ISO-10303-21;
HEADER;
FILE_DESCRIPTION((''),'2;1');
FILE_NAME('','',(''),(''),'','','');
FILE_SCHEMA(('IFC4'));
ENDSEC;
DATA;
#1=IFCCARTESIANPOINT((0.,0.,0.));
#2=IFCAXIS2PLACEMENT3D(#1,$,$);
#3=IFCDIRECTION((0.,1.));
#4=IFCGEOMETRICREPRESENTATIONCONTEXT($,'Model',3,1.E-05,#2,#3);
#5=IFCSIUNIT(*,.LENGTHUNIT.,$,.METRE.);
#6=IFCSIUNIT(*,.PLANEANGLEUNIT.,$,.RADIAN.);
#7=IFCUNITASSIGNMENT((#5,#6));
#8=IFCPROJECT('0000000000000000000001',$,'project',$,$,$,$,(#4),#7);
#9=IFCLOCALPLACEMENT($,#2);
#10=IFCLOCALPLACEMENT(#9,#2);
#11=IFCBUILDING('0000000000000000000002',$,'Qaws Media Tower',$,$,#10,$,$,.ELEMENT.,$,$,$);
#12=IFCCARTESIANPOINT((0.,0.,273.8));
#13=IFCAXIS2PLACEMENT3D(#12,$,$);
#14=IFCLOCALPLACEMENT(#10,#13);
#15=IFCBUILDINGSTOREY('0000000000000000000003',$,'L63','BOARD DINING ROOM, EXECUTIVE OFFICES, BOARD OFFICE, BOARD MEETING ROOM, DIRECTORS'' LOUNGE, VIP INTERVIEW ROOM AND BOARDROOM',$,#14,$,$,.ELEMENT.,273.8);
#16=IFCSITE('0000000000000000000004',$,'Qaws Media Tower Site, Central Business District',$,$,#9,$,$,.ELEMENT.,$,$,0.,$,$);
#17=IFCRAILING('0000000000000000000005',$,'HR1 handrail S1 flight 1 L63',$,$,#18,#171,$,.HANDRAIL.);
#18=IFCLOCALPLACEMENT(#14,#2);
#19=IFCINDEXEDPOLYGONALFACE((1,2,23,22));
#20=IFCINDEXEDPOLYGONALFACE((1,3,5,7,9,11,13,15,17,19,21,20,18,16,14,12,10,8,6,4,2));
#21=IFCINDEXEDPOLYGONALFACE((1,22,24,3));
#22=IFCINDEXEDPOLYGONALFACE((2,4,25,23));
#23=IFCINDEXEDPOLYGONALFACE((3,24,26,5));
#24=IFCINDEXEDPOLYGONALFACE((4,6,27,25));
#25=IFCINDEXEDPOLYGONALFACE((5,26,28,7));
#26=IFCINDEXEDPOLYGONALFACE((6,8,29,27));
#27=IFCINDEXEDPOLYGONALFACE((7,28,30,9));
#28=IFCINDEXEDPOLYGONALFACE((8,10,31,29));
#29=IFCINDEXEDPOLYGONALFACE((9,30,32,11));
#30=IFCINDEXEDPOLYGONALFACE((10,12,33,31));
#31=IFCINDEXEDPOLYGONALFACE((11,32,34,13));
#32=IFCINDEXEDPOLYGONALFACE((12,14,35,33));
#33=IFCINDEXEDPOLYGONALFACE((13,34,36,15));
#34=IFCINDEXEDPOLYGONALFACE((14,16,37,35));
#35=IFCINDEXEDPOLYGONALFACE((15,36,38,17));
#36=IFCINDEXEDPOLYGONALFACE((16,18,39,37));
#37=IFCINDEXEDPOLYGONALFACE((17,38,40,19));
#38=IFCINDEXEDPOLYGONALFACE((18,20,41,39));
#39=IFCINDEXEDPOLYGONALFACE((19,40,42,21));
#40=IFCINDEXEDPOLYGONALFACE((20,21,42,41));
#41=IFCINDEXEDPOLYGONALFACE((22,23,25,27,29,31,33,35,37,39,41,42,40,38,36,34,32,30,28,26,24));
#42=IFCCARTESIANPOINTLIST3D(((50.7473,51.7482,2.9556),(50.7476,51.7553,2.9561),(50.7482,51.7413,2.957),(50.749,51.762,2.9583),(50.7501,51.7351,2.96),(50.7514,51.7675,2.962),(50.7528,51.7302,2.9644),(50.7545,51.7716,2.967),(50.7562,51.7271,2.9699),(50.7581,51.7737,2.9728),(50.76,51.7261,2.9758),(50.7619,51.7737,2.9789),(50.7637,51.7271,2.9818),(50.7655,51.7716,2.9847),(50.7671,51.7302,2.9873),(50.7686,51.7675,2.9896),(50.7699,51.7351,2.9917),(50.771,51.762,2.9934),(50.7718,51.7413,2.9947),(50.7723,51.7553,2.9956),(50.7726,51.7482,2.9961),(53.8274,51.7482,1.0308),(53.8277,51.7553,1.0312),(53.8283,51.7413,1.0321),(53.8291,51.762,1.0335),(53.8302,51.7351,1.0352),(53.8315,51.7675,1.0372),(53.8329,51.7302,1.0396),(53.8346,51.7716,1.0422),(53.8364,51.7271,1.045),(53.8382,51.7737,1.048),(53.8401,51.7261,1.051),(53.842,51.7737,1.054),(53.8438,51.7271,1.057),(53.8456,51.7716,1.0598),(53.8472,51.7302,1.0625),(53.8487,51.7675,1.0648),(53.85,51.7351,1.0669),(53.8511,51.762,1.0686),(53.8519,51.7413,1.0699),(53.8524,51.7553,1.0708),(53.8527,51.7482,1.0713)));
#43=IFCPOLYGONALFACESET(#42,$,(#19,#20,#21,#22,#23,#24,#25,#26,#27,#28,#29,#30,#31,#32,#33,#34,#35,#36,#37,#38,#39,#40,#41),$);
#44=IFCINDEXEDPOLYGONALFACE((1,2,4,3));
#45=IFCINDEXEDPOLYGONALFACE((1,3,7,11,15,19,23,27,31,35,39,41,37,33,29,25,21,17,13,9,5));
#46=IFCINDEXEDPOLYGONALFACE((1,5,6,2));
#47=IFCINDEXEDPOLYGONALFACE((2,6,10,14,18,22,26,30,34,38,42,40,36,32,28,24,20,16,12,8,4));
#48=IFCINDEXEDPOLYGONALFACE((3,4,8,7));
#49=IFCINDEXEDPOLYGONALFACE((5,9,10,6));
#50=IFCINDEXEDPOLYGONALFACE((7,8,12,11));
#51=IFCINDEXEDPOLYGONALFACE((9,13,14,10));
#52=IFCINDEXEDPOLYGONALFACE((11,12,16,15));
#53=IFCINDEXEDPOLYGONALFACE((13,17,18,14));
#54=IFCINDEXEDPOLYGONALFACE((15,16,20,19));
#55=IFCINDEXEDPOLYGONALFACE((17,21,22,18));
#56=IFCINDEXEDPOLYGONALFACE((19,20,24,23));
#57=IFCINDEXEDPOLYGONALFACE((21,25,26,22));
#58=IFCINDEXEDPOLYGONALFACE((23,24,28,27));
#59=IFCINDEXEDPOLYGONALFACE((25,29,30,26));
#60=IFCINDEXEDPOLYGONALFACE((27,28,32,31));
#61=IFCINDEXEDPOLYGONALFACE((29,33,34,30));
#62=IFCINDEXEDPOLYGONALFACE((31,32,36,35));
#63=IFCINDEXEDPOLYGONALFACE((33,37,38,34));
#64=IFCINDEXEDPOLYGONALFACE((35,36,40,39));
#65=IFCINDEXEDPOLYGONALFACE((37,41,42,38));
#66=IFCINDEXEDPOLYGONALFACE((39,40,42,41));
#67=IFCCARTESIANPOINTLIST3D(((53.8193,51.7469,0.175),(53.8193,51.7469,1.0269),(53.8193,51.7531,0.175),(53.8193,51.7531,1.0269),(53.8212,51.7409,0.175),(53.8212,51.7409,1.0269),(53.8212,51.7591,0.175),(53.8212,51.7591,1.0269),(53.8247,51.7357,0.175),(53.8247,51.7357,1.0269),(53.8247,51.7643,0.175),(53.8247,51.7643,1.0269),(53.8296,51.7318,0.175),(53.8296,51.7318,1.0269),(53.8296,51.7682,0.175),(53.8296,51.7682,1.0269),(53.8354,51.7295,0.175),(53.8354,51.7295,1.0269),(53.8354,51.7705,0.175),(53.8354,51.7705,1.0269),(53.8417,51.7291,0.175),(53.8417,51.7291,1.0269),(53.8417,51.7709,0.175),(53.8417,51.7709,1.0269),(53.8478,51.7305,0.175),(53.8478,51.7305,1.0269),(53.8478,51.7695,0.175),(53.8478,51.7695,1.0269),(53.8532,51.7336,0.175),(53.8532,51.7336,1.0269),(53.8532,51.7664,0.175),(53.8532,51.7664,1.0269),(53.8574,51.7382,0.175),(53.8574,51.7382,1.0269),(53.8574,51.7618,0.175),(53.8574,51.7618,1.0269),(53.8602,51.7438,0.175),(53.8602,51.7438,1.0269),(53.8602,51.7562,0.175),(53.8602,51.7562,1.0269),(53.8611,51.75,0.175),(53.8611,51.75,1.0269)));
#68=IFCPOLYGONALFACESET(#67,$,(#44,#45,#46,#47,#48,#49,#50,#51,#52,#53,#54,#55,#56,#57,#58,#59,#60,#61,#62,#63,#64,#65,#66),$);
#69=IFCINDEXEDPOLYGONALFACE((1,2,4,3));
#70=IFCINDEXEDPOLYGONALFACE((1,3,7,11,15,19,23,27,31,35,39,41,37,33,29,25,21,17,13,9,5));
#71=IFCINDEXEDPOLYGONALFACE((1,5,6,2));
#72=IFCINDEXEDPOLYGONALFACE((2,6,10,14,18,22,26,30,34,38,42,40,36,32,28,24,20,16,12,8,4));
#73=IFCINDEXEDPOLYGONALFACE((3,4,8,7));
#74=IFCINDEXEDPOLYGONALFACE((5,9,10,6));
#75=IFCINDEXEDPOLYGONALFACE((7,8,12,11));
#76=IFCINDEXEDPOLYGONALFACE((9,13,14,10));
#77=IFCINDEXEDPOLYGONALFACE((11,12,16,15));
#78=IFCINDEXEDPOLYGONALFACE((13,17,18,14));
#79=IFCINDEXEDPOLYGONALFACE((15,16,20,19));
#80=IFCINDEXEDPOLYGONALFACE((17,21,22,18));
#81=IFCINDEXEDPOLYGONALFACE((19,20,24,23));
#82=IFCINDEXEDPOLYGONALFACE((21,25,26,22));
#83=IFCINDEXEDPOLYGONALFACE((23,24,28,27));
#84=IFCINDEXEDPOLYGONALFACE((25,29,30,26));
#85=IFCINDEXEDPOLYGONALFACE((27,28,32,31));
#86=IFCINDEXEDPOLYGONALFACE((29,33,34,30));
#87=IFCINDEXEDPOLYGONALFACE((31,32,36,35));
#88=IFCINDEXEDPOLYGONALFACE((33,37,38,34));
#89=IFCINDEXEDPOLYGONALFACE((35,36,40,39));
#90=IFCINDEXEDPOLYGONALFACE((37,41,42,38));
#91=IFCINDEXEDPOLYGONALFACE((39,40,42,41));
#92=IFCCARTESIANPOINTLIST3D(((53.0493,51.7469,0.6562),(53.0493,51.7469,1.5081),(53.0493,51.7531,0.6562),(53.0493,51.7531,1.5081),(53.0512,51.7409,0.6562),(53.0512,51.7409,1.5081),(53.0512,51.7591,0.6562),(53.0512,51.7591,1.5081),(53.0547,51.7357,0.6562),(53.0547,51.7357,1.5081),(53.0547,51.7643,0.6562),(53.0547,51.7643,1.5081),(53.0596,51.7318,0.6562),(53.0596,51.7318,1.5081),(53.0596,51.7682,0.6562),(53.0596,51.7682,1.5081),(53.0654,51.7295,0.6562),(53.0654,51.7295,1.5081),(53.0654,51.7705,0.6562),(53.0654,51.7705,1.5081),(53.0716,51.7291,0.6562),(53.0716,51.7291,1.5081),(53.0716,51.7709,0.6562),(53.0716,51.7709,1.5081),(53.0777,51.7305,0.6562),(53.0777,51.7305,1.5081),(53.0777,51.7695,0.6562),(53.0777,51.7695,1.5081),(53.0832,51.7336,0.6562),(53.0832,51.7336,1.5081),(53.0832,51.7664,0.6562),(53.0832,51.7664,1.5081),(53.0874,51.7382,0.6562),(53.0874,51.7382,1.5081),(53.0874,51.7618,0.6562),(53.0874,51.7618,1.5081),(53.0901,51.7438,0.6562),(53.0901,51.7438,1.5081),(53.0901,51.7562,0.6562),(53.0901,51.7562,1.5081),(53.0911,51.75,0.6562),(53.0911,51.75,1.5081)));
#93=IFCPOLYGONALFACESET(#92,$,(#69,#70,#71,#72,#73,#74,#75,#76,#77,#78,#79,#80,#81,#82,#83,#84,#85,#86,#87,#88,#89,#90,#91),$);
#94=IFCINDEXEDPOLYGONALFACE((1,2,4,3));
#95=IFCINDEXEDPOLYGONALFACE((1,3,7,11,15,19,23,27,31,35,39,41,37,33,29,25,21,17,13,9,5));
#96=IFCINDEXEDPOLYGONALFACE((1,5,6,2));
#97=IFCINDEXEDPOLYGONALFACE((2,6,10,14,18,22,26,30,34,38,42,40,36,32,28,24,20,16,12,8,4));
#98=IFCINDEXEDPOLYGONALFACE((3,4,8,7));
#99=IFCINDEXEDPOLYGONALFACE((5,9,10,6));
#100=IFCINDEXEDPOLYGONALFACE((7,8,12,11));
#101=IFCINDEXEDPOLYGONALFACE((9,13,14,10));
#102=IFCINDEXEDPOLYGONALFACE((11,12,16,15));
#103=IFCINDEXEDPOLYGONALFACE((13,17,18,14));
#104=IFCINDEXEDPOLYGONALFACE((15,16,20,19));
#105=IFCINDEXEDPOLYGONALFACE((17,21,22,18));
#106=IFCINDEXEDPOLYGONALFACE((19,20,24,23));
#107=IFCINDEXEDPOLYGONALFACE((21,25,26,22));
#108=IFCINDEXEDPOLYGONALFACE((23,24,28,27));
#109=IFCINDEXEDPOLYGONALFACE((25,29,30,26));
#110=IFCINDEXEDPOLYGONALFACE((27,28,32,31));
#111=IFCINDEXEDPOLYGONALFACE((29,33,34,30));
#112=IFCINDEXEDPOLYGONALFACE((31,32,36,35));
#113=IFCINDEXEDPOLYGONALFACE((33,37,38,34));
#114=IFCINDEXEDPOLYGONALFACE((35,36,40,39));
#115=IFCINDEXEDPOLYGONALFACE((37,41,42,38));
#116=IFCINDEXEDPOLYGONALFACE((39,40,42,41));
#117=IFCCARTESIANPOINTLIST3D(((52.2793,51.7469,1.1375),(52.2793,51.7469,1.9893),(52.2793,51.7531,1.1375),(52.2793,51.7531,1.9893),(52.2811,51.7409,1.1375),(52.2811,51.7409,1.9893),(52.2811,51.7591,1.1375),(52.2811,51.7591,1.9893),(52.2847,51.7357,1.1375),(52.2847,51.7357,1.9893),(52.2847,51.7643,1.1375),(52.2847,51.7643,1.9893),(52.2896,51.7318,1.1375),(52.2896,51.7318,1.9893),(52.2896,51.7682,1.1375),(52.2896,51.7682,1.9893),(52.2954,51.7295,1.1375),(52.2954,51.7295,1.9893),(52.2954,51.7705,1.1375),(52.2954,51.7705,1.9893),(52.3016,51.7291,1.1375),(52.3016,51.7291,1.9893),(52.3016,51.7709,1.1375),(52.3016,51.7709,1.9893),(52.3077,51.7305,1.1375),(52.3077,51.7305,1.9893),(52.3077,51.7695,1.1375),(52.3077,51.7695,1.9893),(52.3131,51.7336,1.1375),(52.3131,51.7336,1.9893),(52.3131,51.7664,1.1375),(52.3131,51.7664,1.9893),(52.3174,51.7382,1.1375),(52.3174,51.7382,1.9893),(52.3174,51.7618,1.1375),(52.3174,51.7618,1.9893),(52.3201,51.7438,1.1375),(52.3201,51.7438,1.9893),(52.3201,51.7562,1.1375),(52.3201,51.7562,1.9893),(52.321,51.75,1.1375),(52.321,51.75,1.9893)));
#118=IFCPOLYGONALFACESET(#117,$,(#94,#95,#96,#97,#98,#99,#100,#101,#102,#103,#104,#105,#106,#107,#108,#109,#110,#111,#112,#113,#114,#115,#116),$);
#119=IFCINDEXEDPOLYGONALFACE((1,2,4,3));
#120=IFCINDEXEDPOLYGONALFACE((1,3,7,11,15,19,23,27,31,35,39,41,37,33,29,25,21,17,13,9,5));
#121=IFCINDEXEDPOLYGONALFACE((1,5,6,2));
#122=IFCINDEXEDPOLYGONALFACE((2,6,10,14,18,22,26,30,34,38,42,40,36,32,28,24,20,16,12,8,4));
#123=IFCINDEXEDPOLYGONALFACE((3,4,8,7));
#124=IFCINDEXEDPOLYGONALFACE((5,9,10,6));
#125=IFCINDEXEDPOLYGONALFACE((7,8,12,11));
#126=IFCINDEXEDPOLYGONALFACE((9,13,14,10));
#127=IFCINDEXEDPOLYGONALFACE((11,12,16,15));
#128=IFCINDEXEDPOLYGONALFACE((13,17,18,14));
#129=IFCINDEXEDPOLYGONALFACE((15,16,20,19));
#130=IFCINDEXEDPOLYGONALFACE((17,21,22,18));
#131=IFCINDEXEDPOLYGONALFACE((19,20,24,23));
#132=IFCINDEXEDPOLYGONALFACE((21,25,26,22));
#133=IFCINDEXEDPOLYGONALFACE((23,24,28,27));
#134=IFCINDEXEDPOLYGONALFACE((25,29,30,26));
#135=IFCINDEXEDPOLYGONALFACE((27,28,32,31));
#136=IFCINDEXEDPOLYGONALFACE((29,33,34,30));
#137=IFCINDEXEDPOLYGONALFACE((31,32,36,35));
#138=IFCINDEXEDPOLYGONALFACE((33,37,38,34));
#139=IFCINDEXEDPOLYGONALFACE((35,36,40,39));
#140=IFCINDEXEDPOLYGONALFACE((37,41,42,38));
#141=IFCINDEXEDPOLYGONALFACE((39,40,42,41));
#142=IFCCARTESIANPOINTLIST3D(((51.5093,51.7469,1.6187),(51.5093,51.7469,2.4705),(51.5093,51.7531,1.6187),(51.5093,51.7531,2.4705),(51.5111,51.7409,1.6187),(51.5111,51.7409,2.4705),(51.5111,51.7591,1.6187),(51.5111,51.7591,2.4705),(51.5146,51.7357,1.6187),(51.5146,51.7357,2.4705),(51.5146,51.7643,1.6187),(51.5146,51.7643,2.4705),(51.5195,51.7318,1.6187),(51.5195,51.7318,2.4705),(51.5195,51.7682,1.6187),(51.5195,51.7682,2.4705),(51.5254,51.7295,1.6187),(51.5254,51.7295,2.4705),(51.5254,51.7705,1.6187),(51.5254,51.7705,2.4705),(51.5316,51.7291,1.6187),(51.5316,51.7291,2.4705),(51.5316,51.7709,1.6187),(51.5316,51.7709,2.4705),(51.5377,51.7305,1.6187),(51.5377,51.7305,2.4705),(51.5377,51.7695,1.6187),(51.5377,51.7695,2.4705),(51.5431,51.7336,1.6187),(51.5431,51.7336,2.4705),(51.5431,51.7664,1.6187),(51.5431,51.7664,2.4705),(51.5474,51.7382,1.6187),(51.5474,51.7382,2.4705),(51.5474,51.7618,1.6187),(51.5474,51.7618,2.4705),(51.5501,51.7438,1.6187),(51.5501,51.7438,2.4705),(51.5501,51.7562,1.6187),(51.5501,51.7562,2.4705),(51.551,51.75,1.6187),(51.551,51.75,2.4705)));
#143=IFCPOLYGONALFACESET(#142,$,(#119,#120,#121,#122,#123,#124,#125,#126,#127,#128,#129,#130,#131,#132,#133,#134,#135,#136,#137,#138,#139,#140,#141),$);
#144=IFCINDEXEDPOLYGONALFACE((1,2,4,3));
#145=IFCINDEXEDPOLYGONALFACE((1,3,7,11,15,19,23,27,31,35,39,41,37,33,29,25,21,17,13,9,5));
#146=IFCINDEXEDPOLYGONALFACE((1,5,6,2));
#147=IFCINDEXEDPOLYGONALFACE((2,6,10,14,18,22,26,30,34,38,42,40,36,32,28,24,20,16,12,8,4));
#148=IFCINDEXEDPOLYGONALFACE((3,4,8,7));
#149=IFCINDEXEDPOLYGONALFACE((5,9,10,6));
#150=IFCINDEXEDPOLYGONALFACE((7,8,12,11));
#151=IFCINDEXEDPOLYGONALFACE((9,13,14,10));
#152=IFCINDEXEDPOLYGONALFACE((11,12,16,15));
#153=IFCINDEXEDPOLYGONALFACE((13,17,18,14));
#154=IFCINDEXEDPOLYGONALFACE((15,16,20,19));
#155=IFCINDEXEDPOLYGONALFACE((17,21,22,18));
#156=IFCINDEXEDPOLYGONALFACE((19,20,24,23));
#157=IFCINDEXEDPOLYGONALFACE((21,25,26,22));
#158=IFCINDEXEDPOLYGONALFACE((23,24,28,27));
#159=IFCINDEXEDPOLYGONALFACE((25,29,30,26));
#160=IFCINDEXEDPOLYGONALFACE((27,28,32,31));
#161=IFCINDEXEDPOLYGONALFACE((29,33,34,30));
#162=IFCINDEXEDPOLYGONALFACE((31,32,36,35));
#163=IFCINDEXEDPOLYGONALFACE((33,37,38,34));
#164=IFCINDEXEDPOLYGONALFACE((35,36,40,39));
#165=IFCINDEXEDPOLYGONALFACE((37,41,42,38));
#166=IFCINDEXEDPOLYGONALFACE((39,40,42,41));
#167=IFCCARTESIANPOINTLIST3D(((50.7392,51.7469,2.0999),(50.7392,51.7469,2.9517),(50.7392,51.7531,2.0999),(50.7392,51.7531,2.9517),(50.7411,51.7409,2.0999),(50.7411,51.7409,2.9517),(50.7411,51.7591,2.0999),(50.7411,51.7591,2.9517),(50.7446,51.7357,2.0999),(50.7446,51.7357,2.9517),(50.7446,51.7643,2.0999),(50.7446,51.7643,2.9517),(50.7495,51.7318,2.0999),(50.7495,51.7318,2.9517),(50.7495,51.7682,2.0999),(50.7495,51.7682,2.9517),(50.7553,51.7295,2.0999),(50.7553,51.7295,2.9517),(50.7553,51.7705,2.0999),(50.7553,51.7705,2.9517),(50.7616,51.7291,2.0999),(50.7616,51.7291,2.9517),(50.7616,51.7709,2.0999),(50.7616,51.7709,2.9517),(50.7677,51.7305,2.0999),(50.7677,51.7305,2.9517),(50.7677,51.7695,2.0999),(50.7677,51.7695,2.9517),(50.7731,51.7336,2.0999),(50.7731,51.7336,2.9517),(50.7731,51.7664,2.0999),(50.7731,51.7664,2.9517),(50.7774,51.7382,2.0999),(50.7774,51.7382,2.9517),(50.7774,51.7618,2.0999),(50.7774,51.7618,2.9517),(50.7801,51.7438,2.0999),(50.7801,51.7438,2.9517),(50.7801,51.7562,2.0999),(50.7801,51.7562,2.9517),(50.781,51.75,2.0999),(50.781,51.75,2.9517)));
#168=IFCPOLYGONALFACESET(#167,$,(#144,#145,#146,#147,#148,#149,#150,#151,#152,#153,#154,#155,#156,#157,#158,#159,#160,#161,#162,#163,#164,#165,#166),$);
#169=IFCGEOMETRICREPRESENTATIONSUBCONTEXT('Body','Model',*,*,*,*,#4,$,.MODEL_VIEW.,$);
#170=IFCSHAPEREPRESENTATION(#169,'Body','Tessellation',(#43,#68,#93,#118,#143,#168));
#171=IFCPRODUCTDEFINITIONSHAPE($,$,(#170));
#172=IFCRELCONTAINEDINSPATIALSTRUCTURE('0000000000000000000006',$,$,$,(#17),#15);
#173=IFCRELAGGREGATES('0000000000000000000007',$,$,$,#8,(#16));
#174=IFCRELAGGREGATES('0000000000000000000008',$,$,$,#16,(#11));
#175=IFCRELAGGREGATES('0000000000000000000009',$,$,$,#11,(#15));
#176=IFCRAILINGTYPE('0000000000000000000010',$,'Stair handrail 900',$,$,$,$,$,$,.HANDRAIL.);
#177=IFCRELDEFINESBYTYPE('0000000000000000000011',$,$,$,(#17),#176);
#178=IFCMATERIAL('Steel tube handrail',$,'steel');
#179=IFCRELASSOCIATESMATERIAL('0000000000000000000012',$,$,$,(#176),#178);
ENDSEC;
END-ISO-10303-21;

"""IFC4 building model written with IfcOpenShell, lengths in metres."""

from ifc_helpers import new_model, si_unit, direction, frame, origin, origin_2d, place, context, subcontext, project, spatial, circle, extrude, material, type_object, element, save


model = new_model("IFC4")

# Units and contexts
model_context = context("Model", 3, precision=1e-05, world=origin(), true_north=direction((0.0, 1.0)))
body_context = subcontext(model_context, "Body", "Model", "MODEL_VIEW")
ifc_project = project(units=[si_unit("LENGTHUNIT", "METRE"), si_unit("PLANEANGLEUNIT", "RADIAN")], contexts=[model_context])

# Site, building, storey
site_placement = place(None, origin())
site = spatial("IfcSite", under=ifc_project, at=site_placement, Name="Qaws Media Tower Site, Central Business District", CompositionType="ELEMENT", RefElevation=0.0)
building_placement = place(site_placement, origin())
building = spatial("IfcBuilding", under=site, at=building_placement, Name="Qaws Media Tower", CompositionType="ELEMENT")
storey_placement = place(building_placement, frame((0.0, 0.0, 273.8)))
storey = spatial("IfcBuildingStorey", under=building, at=storey_placement, Name="L63", Description="BOARD DINING ROOM, EXECUTIVE OFFICES, BOARD OFFICE, BOARD MEETING ROOM, DIRECTORS' LOUNGE, VIP INTERVIEW ROOM AND BOARDROOM", CompositionType="ELEMENT", Elevation=273.8)

# Railing
ifc_material_1 = material(Name="Steel tube handrail", Category="steel")
railing_type = type_object("IfcRailingType", Name="Stair handrail 900", PredefinedType="HANDRAIL", material=ifc_material_1)
for number, where, name in (
    (1, (53.8401, 51.75, 0.175), "HR1 handrail S1 flight 1 L63"),
):
    element("IfcRailing", number, at=place(storey_placement, frame(where)), inside=storey, type_object=railing_type, Name=name, PredefinedType="HANDRAIL", context=body_context, shape_type="SweptSolid", body=[
        extrude(circle(Radius=0.0239, at=origin_2d()), frame((0.0, 0.0, 0.876), z_axis=(-0.848029, 0.0, 0.529951), x_axis=(0.0, -1.0, 0.0)), (0.0, 0.0, 1.0), 3.6321),
        extrude(circle(Radius=0.021, at=origin_2d()), origin(), (0.0, 0.0, 1.0), 0.8518),
        extrude(circle(Radius=0.021, at=origin_2d()), frame((-0.77, 0.0, 0.4812)), (0.0, 0.0, 1.0), 0.8518),
        extrude(circle(Radius=0.021, at=origin_2d()), frame((-1.54, 0.0, 0.9624)), (0.0, 0.0, 1.0), 0.8518),
        extrude(circle(Radius=0.021, at=origin_2d()), frame((-2.3101, 0.0, 1.4436)), (0.0, 0.0, 1.0), 0.8518),
        extrude(circle(Radius=0.021, at=origin_2d()), frame((-3.0801, 0.0, 1.9248)), (0.0, 0.0, 1.0), 0.8518),
    ])

save(model, "model.ifc")
